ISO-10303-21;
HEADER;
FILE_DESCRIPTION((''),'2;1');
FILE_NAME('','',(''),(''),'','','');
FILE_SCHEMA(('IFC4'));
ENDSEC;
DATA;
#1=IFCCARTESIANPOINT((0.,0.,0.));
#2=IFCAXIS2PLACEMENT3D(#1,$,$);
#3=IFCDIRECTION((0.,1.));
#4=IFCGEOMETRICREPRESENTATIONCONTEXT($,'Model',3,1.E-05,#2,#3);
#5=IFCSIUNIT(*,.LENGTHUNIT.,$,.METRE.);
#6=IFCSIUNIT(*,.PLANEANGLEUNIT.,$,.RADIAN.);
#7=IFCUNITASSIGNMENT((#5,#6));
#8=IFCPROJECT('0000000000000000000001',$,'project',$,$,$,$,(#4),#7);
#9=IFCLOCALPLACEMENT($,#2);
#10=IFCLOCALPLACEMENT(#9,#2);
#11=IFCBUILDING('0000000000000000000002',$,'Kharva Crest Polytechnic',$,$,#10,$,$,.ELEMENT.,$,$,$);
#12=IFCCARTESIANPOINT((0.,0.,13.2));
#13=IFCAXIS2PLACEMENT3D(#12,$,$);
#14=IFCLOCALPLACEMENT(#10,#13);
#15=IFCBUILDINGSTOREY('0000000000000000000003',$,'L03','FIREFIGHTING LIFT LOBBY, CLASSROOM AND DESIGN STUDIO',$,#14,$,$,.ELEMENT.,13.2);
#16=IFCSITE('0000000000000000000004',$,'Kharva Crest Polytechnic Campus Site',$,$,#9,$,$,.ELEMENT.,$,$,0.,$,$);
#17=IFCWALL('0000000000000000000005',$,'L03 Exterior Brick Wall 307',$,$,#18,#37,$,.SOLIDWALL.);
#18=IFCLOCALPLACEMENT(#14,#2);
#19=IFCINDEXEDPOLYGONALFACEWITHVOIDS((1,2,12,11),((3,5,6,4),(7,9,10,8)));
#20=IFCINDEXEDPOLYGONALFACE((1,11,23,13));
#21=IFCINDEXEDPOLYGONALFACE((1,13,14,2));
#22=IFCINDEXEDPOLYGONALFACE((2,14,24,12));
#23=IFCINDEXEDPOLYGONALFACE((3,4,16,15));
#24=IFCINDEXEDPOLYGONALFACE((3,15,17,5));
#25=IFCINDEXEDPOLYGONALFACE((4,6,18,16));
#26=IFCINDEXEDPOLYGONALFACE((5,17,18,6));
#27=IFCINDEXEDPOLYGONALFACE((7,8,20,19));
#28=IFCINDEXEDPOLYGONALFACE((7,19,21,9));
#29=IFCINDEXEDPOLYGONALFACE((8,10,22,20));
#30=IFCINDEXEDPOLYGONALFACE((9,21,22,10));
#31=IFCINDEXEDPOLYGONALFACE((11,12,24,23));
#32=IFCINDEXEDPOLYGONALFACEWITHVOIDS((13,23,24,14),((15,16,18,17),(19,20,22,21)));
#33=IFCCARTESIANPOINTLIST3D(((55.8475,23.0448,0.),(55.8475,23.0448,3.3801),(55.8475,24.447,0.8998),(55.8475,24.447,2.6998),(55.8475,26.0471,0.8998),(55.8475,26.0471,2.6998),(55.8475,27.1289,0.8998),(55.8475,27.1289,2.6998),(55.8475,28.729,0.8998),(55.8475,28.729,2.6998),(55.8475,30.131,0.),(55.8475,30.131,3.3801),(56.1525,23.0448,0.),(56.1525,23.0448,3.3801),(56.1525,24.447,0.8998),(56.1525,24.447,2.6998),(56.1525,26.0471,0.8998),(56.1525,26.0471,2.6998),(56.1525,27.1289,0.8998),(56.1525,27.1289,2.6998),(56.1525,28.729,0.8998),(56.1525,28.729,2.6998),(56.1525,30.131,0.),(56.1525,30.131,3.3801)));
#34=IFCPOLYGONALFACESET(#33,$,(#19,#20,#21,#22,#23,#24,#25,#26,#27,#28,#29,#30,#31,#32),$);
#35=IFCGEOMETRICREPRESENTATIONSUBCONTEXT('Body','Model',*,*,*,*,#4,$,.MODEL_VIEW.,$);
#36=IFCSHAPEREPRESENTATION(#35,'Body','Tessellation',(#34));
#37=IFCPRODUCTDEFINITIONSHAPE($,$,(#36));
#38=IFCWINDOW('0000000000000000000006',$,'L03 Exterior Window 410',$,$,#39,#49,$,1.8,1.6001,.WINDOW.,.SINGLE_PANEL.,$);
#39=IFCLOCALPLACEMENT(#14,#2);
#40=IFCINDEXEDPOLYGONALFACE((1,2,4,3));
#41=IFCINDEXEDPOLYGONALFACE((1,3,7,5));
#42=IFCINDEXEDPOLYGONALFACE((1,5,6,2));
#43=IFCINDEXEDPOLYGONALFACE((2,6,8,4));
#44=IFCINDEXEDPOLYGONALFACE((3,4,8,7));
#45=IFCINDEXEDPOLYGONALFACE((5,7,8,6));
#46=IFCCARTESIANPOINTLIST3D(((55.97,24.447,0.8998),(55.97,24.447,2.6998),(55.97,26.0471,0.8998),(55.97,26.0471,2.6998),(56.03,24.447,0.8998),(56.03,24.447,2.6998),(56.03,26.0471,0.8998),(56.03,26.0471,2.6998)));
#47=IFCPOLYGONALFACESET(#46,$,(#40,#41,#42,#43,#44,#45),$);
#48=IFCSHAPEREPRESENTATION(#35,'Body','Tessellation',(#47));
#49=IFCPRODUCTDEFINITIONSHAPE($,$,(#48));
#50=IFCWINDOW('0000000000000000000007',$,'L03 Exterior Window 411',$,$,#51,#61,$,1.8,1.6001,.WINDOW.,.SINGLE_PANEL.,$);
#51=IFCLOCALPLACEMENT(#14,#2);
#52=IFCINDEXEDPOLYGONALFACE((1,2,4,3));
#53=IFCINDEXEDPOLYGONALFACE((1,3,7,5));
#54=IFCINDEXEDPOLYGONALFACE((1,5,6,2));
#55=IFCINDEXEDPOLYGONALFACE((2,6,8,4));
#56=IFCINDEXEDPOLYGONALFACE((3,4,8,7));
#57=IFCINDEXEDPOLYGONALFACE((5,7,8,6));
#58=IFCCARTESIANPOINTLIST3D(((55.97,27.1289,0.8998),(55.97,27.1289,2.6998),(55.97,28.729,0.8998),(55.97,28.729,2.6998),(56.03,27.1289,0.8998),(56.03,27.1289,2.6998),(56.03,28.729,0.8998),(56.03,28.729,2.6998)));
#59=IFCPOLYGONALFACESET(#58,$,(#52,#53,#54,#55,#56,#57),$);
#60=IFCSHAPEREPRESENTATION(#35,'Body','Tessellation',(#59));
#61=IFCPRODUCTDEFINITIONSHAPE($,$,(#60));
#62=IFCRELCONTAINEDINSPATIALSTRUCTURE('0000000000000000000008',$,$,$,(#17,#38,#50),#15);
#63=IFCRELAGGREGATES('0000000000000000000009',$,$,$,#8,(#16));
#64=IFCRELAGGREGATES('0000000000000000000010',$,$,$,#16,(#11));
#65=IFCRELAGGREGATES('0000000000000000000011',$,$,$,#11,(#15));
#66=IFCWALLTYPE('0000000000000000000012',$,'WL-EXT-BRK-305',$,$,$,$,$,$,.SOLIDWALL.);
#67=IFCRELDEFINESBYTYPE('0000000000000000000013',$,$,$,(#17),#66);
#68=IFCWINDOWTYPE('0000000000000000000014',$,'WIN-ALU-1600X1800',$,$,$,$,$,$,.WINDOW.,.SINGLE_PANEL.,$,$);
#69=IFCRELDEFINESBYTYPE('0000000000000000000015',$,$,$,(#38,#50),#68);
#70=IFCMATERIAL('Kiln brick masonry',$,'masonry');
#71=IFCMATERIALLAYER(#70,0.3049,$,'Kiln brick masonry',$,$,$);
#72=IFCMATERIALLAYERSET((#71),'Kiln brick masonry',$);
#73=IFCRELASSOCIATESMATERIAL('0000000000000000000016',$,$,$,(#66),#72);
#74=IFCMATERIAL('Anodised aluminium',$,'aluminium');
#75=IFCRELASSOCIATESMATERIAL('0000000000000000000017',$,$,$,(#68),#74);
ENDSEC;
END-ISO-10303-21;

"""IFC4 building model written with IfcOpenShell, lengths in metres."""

from ifc_helpers import new_model, si_unit, direction, frame, frame_2d, origin, place, context, subcontext, project, spatial, rectangle, extrude, material, layer, layer_set, type_object, element, fill, save


model = new_model("IFC4")

# Units and contexts
model_context = context("Model", 3, precision=1e-05, world=origin(), true_north=direction((0.0, 1.0)))
body_context = subcontext(model_context, "Body", "Model", "MODEL_VIEW")
ifc_project = project(units=[si_unit("LENGTHUNIT", "METRE"), si_unit("PLANEANGLEUNIT", "RADIAN")], contexts=[model_context])

# Site, building, storey
site_placement = place(None, origin())
site = spatial("IfcSite", under=ifc_project, at=site_placement, Name="Kharva Crest Polytechnic Campus Site", CompositionType="ELEMENT", RefElevation=0.0)
building_placement = place(site_placement, origin())
building = spatial("IfcBuilding", under=site, at=building_placement, Name="Kharva Crest Polytechnic", CompositionType="ELEMENT")
storey_placement = place(building_placement, frame((0.0, 0.0, 13.2)))
storey = spatial("IfcBuildingStorey", under=building, at=storey_placement, Name="L03", Description="FIREFIGHTING LIFT LOBBY, CLASSROOM AND DESIGN STUDIO", CompositionType="ELEMENT", Elevation=13.2)

# Wall, openings, windows
ifc_material_1 = material(Name="Kiln brick masonry", Category="masonry")
ifc_layer_1 = layer(ifc_material_1, 0.3049, Name="Kiln brick masonry")
ifc_layer_set_1 = layer_set([ifc_layer_1], Name="Kiln brick masonry")
wall_type = type_object("IfcWallType", Name="WL-EXT-BRK-305", PredefinedType="SOLIDWALL", material=ifc_layer_set_1)
wall_placement = place(storey_placement, frame((56.0, 23.0449, 0.0), z_axis=(0.0, 0.0, 1.0), x_axis=(0.0, 1.0, 0.0)))
wall = element("IfcWall", 1, at=wall_placement, inside=storey, type_object=wall_type, Name="L03 Exterior Brick Wall 307", PredefinedType="SOLIDWALL", context=body_context, shape_type="SweptSolid", body=[
    extrude(rectangle(XDim=7.0862, YDim=0.3049, at=frame_2d((3.543, 0.0))), origin(), (0.0, 0.0, 1.0), 3.3801),
])
opening_1_placement = place(wall_placement, frame((1.4021, 0.0, 0.8999)))
opening_1 = element("IfcOpeningElement", 2, at=opening_1_placement, cuts=wall, PredefinedType="OPENING", context=body_context, shape_type="SweptSolid", body=[
    extrude(rectangle(XDim=1.6001, YDim=1.8, at=frame_2d((0.8, 0.8999))), frame((0.0, 0.1624, 0.0), z_axis=(0.0, -1.0, 0.0), x_axis=(1.0, 0.0, 0.0)), (0.0, 0.0, 1.0), 0.325),
])
opening_2_placement = place(wall_placement, frame((4.084, 0.0, 0.8999)))
opening_2 = element("IfcOpeningElement", 3, at=opening_2_placement, cuts=wall, PredefinedType="OPENING", context=body_context, shape_type="SweptSolid", body=[
    extrude(rectangle(XDim=1.6001, YDim=1.8, at=frame_2d((0.8, 0.8999))), frame((0.0, 0.1624, 0.0), z_axis=(0.0, -1.0, 0.0), x_axis=(1.0, 0.0, 0.0)), (0.0, 0.0, 1.0), 0.325),
])
ifc_material_2 = material(Name="Anodised aluminium", Category="aluminium")
window_type = type_object("IfcWindowType", Name="WIN-ALU-1600X1800", PartitioningType="SINGLE_PANEL", PredefinedType="WINDOW", material=ifc_material_2)
window_1_placement = place(opening_1_placement, origin())
window_1 = element("IfcWindow", 4, at=window_1_placement, inside=storey, type_object=window_type, Name="L03 Exterior Window 410", OverallHeight=1.8, OverallWidth=1.6001, PartitioningType="SINGLE_PANEL", PredefinedType="WINDOW", context=body_context, shape_type="SweptSolid", body=[
    extrude(rectangle(XDim=1.6001, YDim=1.8, at=frame_2d((0.8, 0.8999))), frame((0.0, 0.03, 0.0), z_axis=(0.0, -1.0, 0.0), x_axis=(1.0, 0.0, 0.0)), (0.0, 0.0, 1.0), 0.0601),
])
fill(opening_1, window_1)
window_2_placement = place(opening_2_placement, origin())
window_2 = element("IfcWindow", 5, at=window_2_placement, inside=storey, type_object=window_type, Name="L03 Exterior Window 411", OverallHeight=1.8, OverallWidth=1.6001, PartitioningType="SINGLE_PANEL", PredefinedType="WINDOW", context=body_context, shape_type="SweptSolid", body=[
    extrude(rectangle(XDim=1.6001, YDim=1.8, at=frame_2d((0.8, 0.8999))), frame((0.0, 0.03, 0.0), z_axis=(0.0, -1.0, 0.0), x_axis=(1.0, 0.0, 0.0)), (0.0, 0.0, 1.0), 0.0601),
])
fill(opening_2, window_2)

save(model, "model.ifc")
